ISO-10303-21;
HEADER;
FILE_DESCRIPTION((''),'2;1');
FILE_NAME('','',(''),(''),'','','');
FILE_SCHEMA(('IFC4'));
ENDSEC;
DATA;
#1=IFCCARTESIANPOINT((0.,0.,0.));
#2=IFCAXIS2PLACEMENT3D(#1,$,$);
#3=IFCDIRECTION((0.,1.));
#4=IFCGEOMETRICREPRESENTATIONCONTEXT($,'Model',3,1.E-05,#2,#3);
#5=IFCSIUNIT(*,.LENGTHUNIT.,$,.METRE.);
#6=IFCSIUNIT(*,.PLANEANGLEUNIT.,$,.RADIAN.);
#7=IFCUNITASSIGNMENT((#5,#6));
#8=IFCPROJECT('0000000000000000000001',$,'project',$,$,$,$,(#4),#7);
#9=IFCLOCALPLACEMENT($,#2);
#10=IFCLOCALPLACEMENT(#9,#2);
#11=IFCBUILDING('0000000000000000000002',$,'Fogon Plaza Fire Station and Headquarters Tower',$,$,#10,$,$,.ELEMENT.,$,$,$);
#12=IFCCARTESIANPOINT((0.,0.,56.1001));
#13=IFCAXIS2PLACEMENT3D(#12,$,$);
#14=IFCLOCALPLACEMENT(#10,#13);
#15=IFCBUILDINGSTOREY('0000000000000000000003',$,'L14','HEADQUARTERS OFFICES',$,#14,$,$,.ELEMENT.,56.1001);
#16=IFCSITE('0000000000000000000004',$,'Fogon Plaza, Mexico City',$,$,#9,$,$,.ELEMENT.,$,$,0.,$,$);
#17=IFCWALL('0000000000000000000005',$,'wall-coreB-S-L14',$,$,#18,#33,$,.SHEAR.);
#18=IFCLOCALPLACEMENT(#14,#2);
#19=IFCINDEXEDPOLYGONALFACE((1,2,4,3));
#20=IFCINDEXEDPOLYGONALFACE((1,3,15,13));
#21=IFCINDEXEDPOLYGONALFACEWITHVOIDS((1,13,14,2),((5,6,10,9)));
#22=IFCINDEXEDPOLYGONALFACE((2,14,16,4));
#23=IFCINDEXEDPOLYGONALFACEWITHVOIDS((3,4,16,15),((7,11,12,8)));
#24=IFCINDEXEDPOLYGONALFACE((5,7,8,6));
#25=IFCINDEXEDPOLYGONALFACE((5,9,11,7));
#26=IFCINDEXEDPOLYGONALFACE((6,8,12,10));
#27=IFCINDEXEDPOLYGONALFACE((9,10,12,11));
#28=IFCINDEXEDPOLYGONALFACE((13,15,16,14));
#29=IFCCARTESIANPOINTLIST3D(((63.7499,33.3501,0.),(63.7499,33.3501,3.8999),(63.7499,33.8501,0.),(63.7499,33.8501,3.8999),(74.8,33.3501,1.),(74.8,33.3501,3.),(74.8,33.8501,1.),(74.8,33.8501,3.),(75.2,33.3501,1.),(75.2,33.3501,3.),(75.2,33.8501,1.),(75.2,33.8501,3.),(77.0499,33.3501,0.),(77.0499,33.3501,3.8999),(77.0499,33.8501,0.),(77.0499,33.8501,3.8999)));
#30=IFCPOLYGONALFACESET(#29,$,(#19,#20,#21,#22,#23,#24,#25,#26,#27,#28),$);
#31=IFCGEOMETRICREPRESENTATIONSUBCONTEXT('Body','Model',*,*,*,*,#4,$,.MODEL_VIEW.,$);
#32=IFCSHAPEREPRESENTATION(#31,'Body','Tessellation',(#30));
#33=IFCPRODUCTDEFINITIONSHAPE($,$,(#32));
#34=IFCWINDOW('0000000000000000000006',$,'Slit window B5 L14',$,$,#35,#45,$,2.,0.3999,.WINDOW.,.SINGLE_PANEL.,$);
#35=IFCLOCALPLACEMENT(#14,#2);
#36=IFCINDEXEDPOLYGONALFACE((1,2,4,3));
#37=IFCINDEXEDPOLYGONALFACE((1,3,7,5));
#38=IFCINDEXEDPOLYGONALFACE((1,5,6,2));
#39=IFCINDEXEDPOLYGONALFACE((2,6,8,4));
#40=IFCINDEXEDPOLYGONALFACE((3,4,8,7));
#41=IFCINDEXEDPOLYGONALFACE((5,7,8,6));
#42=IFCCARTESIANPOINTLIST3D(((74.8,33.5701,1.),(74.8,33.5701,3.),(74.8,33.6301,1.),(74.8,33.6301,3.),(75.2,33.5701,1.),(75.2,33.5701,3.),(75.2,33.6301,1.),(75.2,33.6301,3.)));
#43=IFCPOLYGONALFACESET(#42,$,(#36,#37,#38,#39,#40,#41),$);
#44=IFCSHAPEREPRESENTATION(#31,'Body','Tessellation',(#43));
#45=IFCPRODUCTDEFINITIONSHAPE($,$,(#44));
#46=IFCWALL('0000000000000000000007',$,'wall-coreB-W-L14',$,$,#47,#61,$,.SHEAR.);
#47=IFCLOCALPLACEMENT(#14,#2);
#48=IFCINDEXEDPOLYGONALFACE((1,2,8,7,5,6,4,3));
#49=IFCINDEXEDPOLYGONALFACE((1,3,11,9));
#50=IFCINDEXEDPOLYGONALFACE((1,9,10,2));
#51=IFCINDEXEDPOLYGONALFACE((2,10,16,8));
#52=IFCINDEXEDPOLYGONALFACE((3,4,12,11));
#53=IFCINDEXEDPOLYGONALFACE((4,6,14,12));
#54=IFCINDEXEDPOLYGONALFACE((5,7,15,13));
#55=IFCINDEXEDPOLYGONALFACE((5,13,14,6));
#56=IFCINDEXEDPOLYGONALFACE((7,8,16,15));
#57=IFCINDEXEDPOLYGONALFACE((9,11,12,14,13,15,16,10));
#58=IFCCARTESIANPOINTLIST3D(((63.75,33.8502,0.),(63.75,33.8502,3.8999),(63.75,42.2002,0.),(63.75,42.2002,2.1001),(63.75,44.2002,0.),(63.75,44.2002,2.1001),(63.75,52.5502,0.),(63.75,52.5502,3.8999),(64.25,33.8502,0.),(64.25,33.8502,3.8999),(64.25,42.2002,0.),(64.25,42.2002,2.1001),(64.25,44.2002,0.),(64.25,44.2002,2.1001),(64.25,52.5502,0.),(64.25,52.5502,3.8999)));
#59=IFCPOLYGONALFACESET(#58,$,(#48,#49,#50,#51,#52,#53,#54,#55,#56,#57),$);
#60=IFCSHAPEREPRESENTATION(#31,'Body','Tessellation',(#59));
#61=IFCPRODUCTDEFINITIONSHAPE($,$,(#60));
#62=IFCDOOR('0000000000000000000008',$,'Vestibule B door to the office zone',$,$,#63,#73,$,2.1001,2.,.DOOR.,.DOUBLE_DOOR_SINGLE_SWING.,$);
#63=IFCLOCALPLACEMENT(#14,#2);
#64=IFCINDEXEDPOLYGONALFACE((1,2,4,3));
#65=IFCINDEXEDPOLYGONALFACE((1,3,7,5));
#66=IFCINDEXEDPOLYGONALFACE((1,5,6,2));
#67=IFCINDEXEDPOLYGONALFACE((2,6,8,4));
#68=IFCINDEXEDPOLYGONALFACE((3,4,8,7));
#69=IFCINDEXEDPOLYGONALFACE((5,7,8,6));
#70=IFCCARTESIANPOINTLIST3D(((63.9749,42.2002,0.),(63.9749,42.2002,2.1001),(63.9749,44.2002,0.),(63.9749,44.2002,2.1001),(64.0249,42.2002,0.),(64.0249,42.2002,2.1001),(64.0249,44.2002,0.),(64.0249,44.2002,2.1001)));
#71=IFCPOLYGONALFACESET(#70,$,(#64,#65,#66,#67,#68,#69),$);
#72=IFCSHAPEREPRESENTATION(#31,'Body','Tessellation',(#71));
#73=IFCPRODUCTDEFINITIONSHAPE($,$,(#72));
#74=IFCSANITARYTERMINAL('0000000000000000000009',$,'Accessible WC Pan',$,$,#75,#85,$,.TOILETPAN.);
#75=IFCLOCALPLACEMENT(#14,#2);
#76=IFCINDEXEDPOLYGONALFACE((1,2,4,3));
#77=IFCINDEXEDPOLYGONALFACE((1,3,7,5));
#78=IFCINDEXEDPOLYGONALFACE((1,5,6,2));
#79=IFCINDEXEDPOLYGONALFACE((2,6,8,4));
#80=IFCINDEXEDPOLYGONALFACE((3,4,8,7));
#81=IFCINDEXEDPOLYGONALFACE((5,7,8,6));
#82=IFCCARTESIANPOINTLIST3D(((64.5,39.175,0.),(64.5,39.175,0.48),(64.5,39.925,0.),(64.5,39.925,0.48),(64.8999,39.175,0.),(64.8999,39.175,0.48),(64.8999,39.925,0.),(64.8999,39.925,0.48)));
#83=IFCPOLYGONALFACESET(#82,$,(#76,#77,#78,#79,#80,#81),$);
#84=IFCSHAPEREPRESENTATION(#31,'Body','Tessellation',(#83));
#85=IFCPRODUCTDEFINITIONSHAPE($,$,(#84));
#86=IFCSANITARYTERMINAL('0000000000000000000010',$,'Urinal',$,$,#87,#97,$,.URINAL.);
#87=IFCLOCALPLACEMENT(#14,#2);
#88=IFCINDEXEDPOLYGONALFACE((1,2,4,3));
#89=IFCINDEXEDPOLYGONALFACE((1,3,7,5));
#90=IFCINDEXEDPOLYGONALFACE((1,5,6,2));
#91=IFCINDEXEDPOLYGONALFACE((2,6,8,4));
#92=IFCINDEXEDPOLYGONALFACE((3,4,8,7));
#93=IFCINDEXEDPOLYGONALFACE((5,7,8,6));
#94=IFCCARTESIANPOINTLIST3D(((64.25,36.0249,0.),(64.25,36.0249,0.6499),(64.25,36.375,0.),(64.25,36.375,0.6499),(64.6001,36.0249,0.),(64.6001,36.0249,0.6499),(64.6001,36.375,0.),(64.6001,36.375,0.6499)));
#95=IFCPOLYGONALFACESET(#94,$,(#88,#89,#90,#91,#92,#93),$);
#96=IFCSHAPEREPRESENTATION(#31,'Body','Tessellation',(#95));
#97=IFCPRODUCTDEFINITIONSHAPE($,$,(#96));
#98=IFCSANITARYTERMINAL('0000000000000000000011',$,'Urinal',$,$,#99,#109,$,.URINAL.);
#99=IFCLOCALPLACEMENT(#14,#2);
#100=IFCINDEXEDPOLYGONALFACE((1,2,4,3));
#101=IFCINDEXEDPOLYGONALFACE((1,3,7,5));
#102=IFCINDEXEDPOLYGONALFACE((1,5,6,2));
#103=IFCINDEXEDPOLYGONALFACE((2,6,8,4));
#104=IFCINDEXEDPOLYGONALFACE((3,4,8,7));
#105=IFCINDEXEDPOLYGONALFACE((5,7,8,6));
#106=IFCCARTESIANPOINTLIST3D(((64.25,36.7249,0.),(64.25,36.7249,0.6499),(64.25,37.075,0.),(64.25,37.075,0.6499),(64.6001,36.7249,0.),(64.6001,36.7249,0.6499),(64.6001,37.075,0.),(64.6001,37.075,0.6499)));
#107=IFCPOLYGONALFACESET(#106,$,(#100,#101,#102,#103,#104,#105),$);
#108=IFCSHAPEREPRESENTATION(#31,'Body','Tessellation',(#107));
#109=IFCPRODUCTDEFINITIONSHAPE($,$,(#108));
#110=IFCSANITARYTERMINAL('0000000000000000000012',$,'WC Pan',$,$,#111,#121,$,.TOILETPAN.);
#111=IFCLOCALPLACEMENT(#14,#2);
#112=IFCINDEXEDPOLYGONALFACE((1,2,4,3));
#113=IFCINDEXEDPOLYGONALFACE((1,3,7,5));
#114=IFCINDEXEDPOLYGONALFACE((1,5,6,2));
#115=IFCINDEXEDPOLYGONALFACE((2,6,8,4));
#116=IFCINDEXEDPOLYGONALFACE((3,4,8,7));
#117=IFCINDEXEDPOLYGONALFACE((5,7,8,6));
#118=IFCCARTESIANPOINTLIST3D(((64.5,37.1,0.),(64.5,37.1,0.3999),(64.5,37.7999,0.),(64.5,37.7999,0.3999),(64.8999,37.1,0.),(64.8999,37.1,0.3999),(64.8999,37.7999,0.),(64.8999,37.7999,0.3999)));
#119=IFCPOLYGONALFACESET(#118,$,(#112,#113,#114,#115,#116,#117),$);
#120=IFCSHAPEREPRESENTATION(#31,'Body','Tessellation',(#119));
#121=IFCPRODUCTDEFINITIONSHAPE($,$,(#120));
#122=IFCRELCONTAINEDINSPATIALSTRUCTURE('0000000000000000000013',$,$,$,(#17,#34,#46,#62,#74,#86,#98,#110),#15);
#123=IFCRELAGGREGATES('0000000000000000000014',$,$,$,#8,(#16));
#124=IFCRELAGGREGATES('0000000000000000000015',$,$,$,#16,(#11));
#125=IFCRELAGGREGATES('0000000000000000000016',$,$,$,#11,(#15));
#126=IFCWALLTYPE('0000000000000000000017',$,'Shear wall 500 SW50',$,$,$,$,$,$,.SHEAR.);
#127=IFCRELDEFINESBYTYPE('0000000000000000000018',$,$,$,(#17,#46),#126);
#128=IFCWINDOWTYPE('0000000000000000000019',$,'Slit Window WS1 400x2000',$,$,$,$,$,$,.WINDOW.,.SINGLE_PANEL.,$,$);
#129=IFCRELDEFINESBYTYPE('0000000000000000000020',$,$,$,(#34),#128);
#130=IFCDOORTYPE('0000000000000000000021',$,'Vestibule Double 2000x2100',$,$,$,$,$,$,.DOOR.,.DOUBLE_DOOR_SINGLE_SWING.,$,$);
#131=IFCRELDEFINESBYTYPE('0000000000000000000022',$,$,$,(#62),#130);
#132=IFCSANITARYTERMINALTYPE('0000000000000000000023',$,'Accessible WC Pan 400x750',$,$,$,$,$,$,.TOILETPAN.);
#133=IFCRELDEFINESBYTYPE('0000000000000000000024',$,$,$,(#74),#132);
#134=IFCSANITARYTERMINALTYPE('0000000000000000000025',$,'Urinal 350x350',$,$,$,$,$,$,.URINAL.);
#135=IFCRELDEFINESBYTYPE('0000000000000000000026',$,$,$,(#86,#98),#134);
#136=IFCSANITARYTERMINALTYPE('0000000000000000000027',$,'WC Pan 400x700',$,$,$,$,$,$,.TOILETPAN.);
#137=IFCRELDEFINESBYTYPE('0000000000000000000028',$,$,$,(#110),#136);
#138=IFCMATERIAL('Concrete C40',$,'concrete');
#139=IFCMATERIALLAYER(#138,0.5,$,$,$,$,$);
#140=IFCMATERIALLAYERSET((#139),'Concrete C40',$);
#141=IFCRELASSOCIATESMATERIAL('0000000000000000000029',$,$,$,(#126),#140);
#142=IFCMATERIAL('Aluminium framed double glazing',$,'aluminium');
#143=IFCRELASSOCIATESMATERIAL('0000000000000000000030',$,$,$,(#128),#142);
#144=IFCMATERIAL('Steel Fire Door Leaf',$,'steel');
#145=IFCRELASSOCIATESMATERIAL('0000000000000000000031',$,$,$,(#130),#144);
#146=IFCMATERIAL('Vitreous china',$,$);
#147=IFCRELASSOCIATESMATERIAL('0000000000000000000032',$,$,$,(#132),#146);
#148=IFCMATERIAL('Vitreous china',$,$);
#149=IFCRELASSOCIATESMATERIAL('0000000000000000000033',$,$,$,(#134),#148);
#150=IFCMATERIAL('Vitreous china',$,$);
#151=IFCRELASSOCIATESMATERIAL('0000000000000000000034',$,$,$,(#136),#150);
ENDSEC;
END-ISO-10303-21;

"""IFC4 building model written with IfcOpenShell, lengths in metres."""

from ifc_helpers import new_model, si_unit, direction, frame, frame_2d, origin, origin_2d, place, context, subcontext, project, spatial, rectangle, extrude, material, layer, layer_set, type_object, element, fill, save


model = new_model("IFC4")

# Units and contexts
model_context = context("Model", 3, precision=1e-05, world=origin(), true_north=direction((0.0, 1.0)))
body_context = subcontext(model_context, "Body", "Model", "MODEL_VIEW")
ifc_project = project(units=[si_unit("LENGTHUNIT", "METRE"), si_unit("PLANEANGLEUNIT", "RADIAN")], contexts=[model_context])

# Site, building, storey
site_placement = place(None, origin())
site = spatial("IfcSite", under=ifc_project, at=site_placement, Name="Fogon Plaza, Mexico City", CompositionType="ELEMENT", RefElevation=0.0)
building_placement = place(site_placement, origin())
building = spatial("IfcBuilding", under=site, at=building_placement, Name="Fogon Plaza Fire Station and Headquarters Tower", CompositionType="ELEMENT")
storey_placement = place(building_placement, frame((0.0, 0.0, 56.1001)))
storey = spatial("IfcBuildingStorey", under=building, at=storey_placement, Name="L14", Description="HEADQUARTERS OFFICES", CompositionType="ELEMENT", Elevation=56.1001)

# Wall, opening, window
ifc_material_1 = material(Name="Concrete C40", Category="concrete")
ifc_layer_1 = layer(ifc_material_1, 0.5)
ifc_layer_set_1 = layer_set([ifc_layer_1], Name="Concrete C40")
wall_type_1 = type_object("IfcWallType", Name="Shear wall 500 SW50", PredefinedType="SHEAR", material=ifc_layer_set_1)
wall_1_placement = place(storey_placement, frame((63.75, 33.6001, 0.0), z_axis=(0.0, 0.0, 1.0), x_axis=(1.0, 0.0, 0.0)))
wall_1 = element("IfcWall", 1, at=wall_1_placement, inside=storey, type_object=wall_type_1, Name="wall-coreB-S-L14", PredefinedType="SHEAR", context=body_context, shape_type="SweptSolid", body=[
    extrude(rectangle(XDim=13.3, YDim=0.5, at=frame_2d((6.6499, 0.0))), origin(), (0.0, 0.0, 1.0), 3.8999),
])
opening_1_placement = place(wall_1_placement, frame((11.05, 0.0, 1.0)))
opening_1 = element("IfcOpeningElement", 2, at=opening_1_placement, cuts=wall_1, PredefinedType="OPENING", context=body_context, shape_type="SweptSolid", body=[
    extrude(rectangle(XDim=0.3999, YDim=2.0, at=frame_2d((0.2, 1.0))), frame((0.0, 0.26, 0.0), z_axis=(0.0, -1.0, 0.0), x_axis=(1.0, 0.0, 0.0)), (0.0, 0.0, 1.0), 0.52),
])
ifc_material_2 = material(Name="Aluminium framed double glazing", Category="aluminium")
window_type = type_object("IfcWindowType", Name="Slit Window WS1 400x2000", PartitioningType="SINGLE_PANEL", PredefinedType="WINDOW", material=ifc_material_2)
window_placement = place(opening_1_placement, origin())
window = element("IfcWindow", 3, at=window_placement, inside=storey, type_object=window_type, Name="Slit window B5 L14", OverallHeight=2.0, OverallWidth=0.3999, PartitioningType="SINGLE_PANEL", PredefinedType="WINDOW", context=body_context, shape_type="SweptSolid", body=[
    extrude(rectangle(XDim=0.3999, YDim=2.0, at=frame_2d((0.2, 1.0))), frame((0.0, 0.03, 0.0), z_axis=(0.0, -1.0, 0.0), x_axis=(1.0, 0.0, 0.0)), (0.0, 0.0, 1.0), 0.0601),
])
fill(opening_1, window)

# Wall, opening, door
wall_2_placement = place(storey_placement, frame((64.0, 33.8501, 0.0), z_axis=(0.0, 0.0, 1.0), x_axis=(0.0, 1.0, 0.0)))
wall_2 = element("IfcWall", 4, at=wall_2_placement, inside=storey, type_object=wall_type_1, Name="wall-coreB-W-L14", PredefinedType="SHEAR", context=body_context, shape_type="SweptSolid", body=[
    extrude(rectangle(XDim=18.7, YDim=0.5, at=frame_2d((9.3501, 0.0))), origin(), (0.0, 0.0, 1.0), 3.8999),
])
opening_2_placement = place(wall_2_placement, frame((8.3501, 0.0, 0.0)))
opening_2 = element("IfcOpeningElement", 5, at=opening_2_placement, cuts=wall_2, PredefinedType="OPENING", context=body_context, shape_type="SweptSolid", body=[
    extrude(rectangle(XDim=2.0, YDim=2.1001, at=frame_2d((1.0, 1.05))), frame((0.0, 0.26, 0.0), z_axis=(0.0, -1.0, 0.0), x_axis=(1.0, 0.0, 0.0)), (0.0, 0.0, 1.0), 0.52),
])
ifc_material_3 = material(Name="Steel Fire Door Leaf", Category="steel")
door_type = type_object("IfcDoorType", Name="Vestibule Double 2000x2100", OperationType="DOUBLE_DOOR_SINGLE_SWING", PredefinedType="DOOR", material=ifc_material_3)
door_placement = place(opening_2_placement, frame((2.0, 0.0, 0.0), z_axis=(0.0, 0.0, 1.0), x_axis=(-1.0, 0.0, 0.0)))
door = element("IfcDoor", 6, at=door_placement, inside=storey, type_object=door_type, Name="Vestibule B door to the office zone", OperationType="DOUBLE_DOOR_SINGLE_SWING", OverallHeight=2.1001, OverallWidth=2.0, PredefinedType="DOOR", context=body_context, shape_type="SweptSolid", body=[
    extrude(rectangle(XDim=2.0, YDim=2.1001, at=frame_2d((1.0, 1.05))), frame((0.0, 0.0249, 0.0), z_axis=(0.0, -1.0, 0.0), x_axis=(1.0, 0.0, 0.0)), (0.0, 0.0, 1.0), 0.05),
])
fill(opening_2, door)

# Sanitary terminals
ifc_material_4 = material(Name="Vitreous china")
sanitary_terminal_type_1 = type_object("IfcSanitaryTerminalType", Name="Accessible WC Pan 400x750", PredefinedType="TOILETPAN", material=ifc_material_4)
sanitary_terminal_1_placement = place(storey_placement, frame((64.7, 39.55, 0.0), z_axis=(0.0, 0.0, 1.0), x_axis=(1.0, 0.0, 0.0)))
element("IfcSanitaryTerminal", 7, at=sanitary_terminal_1_placement, inside=storey, type_object=sanitary_terminal_type_1, Name="Accessible WC Pan", PredefinedType="TOILETPAN", context=body_context, shape_type="SweptSolid", body=[
    extrude(rectangle(XDim=0.3999, YDim=0.75, at=origin_2d()), origin(), (0.0, 0.0, 1.0), 0.48),
])
ifc_material_5 = material(Name="Vitreous china")
sanitary_terminal_type_2 = type_object("IfcSanitaryTerminalType", Name="Urinal 350x350", PredefinedType="URINAL", material=ifc_material_5)
for number, where, z_axis, x_axis, name in (
    (8, (64.425, 36.2, 0.0), (0.0, 0.0, 1.0), (1.0, 0.0, 0.0), "Urinal"),
    (9, (64.425, 36.8999, 0.0), (0.0, 0.0, 1.0), (1.0, 0.0, 0.0), "Urinal"),
):
    element("IfcSanitaryTerminal", number, at=place(storey_placement, frame(where, z_axis=z_axis, x_axis=x_axis)), inside=storey, type_object=sanitary_terminal_type_2, Name=name, PredefinedType="URINAL", context=body_context, shape_type="SweptSolid", body=[
        extrude(rectangle(XDim=0.3501, YDim=0.3501, at=origin_2d()), origin(), (0.0, 0.0, 1.0), 0.6499),
    ])
ifc_material_6 = material(Name="Vitreous china")
sanitary_terminal_type_3 = type_object("IfcSanitaryTerminalType", Name="WC Pan 400x700", PredefinedType="TOILETPAN", material=ifc_material_6)
sanitary_terminal_2_placement = place(storey_placement, frame((64.7, 37.45, 0.0), z_axis=(0.0, 0.0, 1.0), x_axis=(1.0, 0.0, 0.0)))
element("IfcSanitaryTerminal", 10, at=sanitary_terminal_2_placement, inside=storey, type_object=sanitary_terminal_type_3, Name="WC Pan", PredefinedType="TOILETPAN", context=body_context, shape_type="SweptSolid", body=[
    extrude(rectangle(XDim=0.3999, YDim=0.7, at=origin_2d()), origin(), (0.0, 0.0, 1.0), 0.3999),
])

save(model, "model.ifc")
